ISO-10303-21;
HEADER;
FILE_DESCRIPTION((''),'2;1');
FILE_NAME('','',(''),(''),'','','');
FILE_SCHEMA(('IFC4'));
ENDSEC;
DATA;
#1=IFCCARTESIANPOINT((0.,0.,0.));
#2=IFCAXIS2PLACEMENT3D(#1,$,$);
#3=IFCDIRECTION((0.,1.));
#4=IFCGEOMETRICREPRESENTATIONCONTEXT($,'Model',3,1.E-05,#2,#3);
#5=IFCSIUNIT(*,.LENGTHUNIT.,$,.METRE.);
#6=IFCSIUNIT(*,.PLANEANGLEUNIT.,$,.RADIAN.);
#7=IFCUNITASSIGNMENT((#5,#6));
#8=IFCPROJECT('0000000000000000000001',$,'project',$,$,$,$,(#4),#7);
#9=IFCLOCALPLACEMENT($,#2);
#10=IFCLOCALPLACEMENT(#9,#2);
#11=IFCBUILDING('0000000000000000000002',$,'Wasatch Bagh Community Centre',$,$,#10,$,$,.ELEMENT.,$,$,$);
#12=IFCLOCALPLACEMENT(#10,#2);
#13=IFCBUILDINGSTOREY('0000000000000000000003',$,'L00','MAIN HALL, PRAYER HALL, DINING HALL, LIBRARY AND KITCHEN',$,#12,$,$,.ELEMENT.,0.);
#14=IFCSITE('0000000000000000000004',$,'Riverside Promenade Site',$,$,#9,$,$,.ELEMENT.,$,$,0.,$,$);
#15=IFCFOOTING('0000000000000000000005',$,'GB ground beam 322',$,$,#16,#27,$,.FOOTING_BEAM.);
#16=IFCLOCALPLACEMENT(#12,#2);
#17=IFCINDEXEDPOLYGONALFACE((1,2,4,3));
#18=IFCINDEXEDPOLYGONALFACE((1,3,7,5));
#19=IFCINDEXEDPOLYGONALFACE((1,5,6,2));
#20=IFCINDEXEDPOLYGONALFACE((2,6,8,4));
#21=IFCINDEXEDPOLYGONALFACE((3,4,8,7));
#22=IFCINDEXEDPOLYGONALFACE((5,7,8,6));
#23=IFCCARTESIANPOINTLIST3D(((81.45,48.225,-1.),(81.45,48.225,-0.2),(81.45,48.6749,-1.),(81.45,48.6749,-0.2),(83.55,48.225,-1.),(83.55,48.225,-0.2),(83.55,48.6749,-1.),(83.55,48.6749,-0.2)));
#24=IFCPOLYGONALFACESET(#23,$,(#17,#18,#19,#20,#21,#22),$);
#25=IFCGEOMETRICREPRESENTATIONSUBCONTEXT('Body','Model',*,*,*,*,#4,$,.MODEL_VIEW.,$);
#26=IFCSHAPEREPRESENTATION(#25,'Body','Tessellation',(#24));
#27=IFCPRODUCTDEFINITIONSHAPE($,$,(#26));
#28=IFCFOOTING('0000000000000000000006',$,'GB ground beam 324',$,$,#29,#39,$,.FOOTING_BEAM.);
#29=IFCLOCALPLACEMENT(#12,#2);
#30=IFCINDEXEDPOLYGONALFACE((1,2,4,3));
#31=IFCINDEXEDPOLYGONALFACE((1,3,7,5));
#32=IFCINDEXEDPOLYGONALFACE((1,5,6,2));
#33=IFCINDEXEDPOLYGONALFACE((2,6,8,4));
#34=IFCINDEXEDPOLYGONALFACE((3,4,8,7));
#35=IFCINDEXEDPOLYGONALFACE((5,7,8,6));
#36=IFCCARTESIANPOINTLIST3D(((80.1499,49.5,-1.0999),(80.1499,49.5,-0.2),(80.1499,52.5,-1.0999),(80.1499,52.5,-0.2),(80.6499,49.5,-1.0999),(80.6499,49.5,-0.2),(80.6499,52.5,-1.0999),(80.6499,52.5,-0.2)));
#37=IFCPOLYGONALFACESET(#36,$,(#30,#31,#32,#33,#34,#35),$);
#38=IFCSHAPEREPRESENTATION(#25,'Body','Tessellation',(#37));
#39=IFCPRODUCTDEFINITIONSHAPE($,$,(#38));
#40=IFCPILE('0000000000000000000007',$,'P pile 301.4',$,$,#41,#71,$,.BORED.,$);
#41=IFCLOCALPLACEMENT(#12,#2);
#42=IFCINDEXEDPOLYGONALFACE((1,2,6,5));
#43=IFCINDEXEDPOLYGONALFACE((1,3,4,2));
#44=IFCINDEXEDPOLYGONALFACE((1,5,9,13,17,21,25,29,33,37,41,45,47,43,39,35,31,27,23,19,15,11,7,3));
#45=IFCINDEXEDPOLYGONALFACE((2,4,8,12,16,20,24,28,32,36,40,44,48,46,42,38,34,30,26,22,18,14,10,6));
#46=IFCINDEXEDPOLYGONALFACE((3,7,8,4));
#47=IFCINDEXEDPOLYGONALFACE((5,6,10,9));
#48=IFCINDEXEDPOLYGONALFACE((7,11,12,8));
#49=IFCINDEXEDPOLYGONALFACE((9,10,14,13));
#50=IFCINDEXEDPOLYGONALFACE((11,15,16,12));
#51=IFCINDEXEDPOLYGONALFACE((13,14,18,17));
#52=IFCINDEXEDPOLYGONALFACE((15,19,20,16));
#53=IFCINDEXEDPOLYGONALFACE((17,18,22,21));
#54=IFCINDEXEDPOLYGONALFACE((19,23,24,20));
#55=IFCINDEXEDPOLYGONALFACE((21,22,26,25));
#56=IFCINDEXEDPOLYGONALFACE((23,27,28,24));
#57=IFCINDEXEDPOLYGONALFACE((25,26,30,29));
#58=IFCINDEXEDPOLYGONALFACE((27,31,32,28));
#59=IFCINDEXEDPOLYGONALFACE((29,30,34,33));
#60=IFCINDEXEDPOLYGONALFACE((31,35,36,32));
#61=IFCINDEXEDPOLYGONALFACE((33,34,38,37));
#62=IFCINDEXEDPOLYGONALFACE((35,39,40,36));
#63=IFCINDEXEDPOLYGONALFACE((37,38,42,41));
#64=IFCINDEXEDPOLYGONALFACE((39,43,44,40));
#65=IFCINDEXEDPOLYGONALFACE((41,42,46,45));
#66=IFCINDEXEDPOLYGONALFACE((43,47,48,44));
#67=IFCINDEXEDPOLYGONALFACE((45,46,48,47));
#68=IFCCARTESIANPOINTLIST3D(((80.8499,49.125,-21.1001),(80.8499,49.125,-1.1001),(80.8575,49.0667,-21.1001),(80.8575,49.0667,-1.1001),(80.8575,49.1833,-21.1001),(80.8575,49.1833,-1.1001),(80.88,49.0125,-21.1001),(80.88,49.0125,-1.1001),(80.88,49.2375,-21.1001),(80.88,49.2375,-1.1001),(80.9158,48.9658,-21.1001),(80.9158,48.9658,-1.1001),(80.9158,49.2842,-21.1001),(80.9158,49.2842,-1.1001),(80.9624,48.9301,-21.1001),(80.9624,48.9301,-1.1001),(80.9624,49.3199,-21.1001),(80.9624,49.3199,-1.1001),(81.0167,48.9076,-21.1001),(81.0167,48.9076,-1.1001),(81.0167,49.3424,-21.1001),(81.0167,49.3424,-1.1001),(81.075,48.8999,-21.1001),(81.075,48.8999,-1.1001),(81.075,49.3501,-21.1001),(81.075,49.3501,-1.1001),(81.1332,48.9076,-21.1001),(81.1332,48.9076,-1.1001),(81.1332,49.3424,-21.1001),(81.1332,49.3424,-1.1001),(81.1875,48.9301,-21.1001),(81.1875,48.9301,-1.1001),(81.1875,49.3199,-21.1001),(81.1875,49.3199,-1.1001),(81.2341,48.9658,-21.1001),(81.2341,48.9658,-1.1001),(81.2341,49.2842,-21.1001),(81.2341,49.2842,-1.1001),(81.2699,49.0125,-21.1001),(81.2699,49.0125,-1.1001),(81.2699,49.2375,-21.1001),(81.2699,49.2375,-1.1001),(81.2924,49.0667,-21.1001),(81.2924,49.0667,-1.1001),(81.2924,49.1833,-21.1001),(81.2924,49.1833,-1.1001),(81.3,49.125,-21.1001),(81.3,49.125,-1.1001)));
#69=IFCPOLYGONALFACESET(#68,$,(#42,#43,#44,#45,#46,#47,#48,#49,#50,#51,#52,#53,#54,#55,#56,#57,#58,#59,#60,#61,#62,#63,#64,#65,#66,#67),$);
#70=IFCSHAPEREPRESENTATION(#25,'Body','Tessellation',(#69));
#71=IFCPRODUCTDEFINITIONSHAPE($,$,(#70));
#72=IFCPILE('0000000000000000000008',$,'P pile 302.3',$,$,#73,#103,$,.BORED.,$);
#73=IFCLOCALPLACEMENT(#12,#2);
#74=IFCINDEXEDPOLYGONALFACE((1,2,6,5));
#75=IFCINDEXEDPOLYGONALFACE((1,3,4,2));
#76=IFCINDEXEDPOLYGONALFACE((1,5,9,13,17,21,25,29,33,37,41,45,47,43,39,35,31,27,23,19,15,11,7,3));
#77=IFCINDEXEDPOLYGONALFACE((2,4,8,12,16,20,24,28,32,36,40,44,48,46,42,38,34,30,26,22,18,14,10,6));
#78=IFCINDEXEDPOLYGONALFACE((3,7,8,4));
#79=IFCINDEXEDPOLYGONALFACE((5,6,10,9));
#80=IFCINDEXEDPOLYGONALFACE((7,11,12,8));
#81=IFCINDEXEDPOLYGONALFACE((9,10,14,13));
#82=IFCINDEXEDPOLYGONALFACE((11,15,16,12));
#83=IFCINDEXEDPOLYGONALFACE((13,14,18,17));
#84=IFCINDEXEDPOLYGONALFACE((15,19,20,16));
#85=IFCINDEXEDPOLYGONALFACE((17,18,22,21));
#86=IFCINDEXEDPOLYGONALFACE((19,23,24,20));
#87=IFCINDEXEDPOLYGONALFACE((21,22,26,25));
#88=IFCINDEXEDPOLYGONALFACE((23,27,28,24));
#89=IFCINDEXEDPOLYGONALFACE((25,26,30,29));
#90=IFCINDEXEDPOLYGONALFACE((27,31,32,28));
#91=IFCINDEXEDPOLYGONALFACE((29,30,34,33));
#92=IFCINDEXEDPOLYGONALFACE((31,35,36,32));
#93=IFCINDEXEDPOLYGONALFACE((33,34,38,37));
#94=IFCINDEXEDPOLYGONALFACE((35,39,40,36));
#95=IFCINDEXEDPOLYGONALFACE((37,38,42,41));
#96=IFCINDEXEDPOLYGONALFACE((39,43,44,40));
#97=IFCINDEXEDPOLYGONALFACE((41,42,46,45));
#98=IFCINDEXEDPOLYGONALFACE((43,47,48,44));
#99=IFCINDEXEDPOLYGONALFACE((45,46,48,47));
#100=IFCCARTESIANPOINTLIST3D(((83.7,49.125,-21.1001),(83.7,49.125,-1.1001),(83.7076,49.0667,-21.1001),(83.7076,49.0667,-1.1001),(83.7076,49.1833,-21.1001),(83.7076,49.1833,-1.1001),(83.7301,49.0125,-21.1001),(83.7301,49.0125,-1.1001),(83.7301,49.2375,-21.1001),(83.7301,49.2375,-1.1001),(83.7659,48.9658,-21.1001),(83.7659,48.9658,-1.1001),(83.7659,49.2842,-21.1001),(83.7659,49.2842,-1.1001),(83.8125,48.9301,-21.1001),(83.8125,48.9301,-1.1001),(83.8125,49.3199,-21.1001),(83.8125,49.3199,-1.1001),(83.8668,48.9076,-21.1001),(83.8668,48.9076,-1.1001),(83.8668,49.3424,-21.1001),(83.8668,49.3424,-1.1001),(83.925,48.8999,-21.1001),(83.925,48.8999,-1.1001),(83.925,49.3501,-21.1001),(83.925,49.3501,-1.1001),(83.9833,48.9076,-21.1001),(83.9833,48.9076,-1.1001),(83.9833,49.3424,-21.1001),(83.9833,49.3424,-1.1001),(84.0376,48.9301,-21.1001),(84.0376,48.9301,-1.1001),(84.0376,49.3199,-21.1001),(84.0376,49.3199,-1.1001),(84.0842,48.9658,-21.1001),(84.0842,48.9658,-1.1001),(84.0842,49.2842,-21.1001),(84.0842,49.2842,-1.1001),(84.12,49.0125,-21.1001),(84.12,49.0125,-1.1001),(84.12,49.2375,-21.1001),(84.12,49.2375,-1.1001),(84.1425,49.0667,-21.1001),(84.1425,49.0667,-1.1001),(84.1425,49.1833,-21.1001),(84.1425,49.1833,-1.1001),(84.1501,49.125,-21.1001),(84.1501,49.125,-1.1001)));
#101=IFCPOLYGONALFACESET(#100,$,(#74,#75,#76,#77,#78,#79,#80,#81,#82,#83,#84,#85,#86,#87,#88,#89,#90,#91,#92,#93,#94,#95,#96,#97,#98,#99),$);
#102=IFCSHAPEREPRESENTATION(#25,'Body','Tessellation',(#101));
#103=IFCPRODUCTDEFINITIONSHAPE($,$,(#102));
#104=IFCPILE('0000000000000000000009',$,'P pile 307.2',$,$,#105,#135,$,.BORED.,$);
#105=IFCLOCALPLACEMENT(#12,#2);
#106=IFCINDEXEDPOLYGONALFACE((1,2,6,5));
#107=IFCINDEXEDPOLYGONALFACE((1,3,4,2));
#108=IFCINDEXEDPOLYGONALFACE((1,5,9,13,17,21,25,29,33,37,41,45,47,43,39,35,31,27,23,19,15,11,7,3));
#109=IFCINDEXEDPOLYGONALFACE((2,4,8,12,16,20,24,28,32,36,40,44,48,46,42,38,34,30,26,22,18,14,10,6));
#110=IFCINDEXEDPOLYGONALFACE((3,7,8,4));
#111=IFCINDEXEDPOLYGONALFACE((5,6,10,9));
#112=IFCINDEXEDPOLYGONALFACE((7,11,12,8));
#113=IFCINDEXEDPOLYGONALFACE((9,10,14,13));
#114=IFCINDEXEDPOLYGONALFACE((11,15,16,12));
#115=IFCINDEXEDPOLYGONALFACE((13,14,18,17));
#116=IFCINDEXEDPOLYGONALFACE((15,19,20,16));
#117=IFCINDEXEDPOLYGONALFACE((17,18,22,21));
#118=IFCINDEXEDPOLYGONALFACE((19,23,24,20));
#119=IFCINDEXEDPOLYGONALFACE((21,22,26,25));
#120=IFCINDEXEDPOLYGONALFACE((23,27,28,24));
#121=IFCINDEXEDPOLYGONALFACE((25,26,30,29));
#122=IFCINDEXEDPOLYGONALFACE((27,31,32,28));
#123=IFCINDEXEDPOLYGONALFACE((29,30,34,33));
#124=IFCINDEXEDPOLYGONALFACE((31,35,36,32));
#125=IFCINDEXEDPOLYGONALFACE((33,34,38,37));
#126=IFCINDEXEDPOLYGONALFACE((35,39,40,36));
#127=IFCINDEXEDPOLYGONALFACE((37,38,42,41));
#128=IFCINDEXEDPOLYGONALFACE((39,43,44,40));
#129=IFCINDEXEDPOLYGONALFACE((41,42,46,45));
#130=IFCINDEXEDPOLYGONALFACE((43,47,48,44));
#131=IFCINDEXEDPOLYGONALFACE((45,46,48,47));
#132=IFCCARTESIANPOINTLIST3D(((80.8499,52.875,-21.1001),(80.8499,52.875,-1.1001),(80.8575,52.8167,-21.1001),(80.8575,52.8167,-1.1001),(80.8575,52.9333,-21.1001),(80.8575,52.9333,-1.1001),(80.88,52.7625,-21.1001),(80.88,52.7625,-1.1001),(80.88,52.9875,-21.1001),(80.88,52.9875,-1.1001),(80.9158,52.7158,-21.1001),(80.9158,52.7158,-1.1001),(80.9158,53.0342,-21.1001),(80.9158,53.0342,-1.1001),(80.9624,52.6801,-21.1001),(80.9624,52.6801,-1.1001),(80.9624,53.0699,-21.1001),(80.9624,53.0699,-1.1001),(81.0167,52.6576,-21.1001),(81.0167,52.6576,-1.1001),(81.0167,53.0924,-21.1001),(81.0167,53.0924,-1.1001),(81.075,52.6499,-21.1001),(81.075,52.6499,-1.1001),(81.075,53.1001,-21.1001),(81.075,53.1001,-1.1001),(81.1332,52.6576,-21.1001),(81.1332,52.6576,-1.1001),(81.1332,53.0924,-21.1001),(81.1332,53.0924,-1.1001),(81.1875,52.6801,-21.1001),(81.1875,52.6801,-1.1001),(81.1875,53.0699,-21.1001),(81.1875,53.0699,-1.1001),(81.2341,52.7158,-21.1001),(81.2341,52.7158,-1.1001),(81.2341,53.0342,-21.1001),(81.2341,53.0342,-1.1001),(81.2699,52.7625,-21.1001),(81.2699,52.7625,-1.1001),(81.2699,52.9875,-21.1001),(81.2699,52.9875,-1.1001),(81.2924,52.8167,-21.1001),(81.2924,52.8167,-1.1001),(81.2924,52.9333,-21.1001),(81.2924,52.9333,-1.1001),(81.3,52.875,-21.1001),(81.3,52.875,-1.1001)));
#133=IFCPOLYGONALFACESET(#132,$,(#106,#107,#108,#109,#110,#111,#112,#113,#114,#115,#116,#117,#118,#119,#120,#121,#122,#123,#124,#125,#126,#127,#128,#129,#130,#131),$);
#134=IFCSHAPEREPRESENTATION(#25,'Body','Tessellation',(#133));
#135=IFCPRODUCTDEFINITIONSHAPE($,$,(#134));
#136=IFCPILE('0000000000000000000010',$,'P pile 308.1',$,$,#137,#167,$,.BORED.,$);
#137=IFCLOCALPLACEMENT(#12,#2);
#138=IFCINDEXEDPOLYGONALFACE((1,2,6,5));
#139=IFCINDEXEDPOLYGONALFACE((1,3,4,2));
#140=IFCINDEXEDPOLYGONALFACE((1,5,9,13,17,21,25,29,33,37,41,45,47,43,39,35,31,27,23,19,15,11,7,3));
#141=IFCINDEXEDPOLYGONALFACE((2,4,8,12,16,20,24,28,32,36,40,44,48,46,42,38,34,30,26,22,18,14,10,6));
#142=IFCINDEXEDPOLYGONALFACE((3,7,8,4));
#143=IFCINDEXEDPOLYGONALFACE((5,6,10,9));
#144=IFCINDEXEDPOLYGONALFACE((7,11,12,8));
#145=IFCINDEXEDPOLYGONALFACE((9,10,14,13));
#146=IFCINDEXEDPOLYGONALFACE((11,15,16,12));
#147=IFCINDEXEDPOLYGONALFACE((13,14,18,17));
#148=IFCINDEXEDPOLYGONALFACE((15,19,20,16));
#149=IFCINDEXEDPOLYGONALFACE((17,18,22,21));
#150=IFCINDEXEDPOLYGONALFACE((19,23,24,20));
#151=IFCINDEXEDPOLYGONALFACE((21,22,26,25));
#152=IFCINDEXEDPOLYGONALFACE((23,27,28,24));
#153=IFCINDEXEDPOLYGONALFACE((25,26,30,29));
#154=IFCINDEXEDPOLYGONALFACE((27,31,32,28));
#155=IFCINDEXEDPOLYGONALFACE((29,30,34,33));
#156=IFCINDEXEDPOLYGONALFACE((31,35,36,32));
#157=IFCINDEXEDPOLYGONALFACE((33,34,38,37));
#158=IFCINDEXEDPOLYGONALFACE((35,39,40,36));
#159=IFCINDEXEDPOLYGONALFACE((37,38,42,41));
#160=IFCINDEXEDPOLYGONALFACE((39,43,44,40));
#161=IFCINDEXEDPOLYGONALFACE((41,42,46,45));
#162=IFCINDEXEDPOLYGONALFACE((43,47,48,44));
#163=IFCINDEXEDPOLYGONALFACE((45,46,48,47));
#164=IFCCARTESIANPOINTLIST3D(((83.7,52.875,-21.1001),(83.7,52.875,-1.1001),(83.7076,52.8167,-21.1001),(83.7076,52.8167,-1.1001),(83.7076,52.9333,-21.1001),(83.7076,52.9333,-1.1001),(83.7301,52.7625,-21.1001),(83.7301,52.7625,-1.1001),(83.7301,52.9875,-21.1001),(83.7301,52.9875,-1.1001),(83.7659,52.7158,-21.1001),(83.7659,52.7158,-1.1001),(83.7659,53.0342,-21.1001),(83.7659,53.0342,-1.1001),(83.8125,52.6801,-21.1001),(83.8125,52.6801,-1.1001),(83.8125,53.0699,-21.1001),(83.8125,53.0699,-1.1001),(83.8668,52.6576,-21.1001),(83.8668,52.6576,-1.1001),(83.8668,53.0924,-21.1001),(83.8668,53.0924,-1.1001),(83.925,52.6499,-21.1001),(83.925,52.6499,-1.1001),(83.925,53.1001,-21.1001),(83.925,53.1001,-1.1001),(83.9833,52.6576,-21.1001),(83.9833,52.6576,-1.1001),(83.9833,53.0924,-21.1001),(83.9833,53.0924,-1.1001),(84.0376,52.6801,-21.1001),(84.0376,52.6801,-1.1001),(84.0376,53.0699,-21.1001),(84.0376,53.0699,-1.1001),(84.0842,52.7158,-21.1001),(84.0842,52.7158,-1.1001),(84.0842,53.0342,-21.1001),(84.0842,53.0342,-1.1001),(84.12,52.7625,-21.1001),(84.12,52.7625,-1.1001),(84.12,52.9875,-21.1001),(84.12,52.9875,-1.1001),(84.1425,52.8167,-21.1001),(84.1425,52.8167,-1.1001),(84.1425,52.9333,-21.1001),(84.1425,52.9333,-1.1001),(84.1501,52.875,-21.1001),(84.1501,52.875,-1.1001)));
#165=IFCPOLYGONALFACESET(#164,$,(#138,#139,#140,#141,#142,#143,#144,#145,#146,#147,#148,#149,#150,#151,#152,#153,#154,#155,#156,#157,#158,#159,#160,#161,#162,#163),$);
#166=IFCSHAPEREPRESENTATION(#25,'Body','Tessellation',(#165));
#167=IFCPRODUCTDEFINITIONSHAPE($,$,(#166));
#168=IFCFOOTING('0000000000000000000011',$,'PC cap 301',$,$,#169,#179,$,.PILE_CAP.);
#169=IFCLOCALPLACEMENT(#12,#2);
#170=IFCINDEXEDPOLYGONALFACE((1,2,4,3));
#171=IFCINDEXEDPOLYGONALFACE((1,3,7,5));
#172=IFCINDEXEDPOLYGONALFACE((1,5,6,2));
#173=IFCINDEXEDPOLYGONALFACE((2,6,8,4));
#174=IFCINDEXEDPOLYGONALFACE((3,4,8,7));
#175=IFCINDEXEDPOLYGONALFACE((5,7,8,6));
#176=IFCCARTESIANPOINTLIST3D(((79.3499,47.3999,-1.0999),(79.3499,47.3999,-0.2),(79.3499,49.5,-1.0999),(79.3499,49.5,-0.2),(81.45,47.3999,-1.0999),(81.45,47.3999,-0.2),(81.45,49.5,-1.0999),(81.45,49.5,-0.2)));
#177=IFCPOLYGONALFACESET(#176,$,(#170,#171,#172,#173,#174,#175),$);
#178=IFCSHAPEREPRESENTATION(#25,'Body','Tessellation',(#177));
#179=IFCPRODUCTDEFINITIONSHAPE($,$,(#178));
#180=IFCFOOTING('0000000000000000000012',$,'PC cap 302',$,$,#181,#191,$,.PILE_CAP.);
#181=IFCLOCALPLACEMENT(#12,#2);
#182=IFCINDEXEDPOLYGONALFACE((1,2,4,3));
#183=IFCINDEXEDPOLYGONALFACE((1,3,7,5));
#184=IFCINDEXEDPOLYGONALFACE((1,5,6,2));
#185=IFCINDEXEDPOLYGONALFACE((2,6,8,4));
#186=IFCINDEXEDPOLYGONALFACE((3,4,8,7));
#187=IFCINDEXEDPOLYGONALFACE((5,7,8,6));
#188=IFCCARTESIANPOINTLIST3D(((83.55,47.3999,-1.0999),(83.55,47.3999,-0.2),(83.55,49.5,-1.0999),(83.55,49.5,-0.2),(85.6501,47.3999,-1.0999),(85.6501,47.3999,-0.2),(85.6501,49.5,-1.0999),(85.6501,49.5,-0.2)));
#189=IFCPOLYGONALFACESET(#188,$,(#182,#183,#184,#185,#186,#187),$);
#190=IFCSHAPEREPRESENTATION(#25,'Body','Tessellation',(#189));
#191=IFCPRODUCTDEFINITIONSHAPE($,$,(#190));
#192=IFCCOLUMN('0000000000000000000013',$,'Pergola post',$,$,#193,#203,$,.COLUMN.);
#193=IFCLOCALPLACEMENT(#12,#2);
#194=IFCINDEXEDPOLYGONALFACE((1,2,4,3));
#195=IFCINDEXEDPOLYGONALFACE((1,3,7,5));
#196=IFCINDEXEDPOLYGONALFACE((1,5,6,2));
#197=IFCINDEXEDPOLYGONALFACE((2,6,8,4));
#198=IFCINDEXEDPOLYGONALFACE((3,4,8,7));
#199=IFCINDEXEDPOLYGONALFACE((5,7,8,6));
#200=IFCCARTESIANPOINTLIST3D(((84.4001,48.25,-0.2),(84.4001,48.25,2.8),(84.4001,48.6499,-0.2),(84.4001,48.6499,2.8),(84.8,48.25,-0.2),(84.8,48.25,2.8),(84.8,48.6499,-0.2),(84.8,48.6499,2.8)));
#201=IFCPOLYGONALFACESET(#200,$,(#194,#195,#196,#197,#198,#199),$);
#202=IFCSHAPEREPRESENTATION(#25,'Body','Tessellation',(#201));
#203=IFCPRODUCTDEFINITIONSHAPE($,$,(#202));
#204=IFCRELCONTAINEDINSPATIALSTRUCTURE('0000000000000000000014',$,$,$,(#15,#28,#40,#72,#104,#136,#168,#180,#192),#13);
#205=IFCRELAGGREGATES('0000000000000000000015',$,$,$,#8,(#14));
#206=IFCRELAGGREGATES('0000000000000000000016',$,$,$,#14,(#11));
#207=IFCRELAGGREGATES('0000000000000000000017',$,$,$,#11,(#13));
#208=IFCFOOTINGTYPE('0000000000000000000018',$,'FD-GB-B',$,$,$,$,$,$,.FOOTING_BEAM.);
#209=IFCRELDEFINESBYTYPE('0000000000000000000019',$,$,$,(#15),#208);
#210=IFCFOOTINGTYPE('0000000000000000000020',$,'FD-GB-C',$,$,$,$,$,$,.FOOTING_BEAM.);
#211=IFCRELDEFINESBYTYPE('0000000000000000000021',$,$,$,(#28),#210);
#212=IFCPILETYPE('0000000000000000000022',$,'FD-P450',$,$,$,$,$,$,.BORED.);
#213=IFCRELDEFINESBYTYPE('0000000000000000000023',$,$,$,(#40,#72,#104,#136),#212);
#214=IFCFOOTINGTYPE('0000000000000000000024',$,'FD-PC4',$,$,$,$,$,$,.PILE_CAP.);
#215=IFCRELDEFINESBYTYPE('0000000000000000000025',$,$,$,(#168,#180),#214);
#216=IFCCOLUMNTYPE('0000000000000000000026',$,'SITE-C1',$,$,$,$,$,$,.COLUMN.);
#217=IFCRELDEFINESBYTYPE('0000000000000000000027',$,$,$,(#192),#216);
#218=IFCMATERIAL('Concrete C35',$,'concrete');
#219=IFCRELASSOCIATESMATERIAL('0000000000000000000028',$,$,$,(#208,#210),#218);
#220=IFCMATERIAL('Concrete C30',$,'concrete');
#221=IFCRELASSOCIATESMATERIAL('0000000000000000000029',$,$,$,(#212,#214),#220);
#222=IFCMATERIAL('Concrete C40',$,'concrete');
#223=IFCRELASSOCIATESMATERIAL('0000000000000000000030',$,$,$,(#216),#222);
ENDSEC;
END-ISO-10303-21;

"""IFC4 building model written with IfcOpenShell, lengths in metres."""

from ifc_helpers import new_model, si_unit, direction, frame, origin, origin_2d, place, context, subcontext, project, spatial, rectangle, circle, extrude, material, material_profile, profile_set, type_object, element, save


model = new_model("IFC4")

# Units and contexts
model_context = context("Model", 3, precision=1e-05, world=origin(), true_north=direction((0.0, 1.0)))
body_context = subcontext(model_context, "Body", "Model", "MODEL_VIEW")
ifc_project = project(units=[si_unit("LENGTHUNIT", "METRE"), si_unit("PLANEANGLEUNIT", "RADIAN")], contexts=[model_context])

# Site, building, storey
site_placement = place(None, origin())
site = spatial("IfcSite", under=ifc_project, at=site_placement, Name="Riverside Promenade Site", CompositionType="ELEMENT", RefElevation=0.0)
building_placement = place(site_placement, origin())
building = spatial("IfcBuilding", under=site, at=building_placement, Name="Wasatch Bagh Community Centre", CompositionType="ELEMENT")
storey_placement = place(building_placement, origin())
storey = spatial("IfcBuildingStorey", under=building, at=storey_placement, Name="L00", Description="MAIN HALL, PRAYER HALL, DINING HALL, LIBRARY AND KITCHEN", CompositionType="ELEMENT", Elevation=0.0)

# Footings
ifc_material_1 = material(Name="Concrete C35", Category="concrete")
footing_type_1 = type_object("IfcFootingType", Name="FD-GB-B", PredefinedType="FOOTING_BEAM", material=ifc_material_1)
footing_1_placement = place(storey_placement, frame((82.5, 48.45, -1.0), z_axis=(0.0, 0.0, 1.0), x_axis=(-1.0, 0.0, 0.0)))
element("IfcFooting", 1, at=footing_1_placement, inside=storey, type_object=footing_type_1, Name="GB ground beam 322", PredefinedType="FOOTING_BEAM", context=body_context, shape_type="SweptSolid", body=[
    extrude(rectangle(XDim=2.1001, YDim=0.45, at=origin_2d()), origin(), (0.0, 0.0, 1.0), 0.8),
])
footing_type_2 = type_object("IfcFootingType", Name="FD-GB-C", PredefinedType="FOOTING_BEAM", material=ifc_material_1)
footing_2_placement = place(storey_placement, frame((80.3999, 51.0, -1.0999), z_axis=(0.0, 0.0, 1.0), x_axis=(0.0, 1.0, 0.0)))
element("IfcFooting", 2, at=footing_2_placement, inside=storey, type_object=footing_type_2, Name="GB ground beam 324", PredefinedType="FOOTING_BEAM", context=body_context, shape_type="SweptSolid", body=[
    extrude(rectangle(XDim=3.0, YDim=0.5, at=origin_2d()), origin(), (0.0, 0.0, 1.0), 0.8999),
])

# Piles
ifc_material_2 = material(Name="Concrete C30", Category="concrete")
ifc_material_profile_1 = material_profile(ifc_material_2, circle(Radius=0.2251, at=origin_2d()), Name="RC D450")
ifc_profile_set_1 = profile_set([ifc_material_profile_1], Name="Concrete C30")
pile_type = type_object("IfcPileType", Name="FD-P450", PredefinedType="BORED", material=ifc_profile_set_1)
for number, where, z_axis, x_axis, name in (
    (3, (81.075, 49.125, -1.1001), (0.0, 0.0, -1.0), (1.0, 0.0, 0.0), "P pile 301.4"),
    (4, (83.925, 49.125, -1.1001), (0.0, 0.0, -1.0), (1.0, 0.0, 0.0), "P pile 302.3"),
    (5, (81.075, 52.875, -1.1001), (0.0, 0.0, -1.0), (1.0, 0.0, 0.0), "P pile 307.2"),
    (6, (83.925, 52.875, -1.1001), (0.0, 0.0, -1.0), (1.0, 0.0, 0.0), "P pile 308.1"),
):
    element("IfcPile", number, at=place(storey_placement, frame(where, z_axis=z_axis, x_axis=x_axis)), inside=storey, type_object=pile_type, Name=name, PredefinedType="BORED", context=body_context, shape_type="SweptSolid", body=[
        extrude(circle(Radius=0.2251, at=origin_2d()), origin(), (0.0, 0.0, 1.0), 20.0),
    ])

# Footings
footing_type_3 = type_object("IfcFootingType", Name="FD-PC4", PredefinedType="PILE_CAP", material=ifc_material_2)
for number, where, z_axis, x_axis, name in (
    (7, (80.3999, 48.45, -1.0999), (0.0, 0.0, 1.0), (1.0, 0.0, 0.0), "PC cap 301"),
    (8, (84.6001, 48.45, -1.0999), (0.0, 0.0, 1.0), (1.0, 0.0, 0.0), "PC cap 302"),
):
    element("IfcFooting", number, at=place(storey_placement, frame(where, z_axis=z_axis, x_axis=x_axis)), inside=storey, type_object=footing_type_3, Name=name, PredefinedType="PILE_CAP", context=body_context, shape_type="SweptSolid", body=[
        extrude(rectangle(XDim=2.1001, YDim=2.1001, at=origin_2d()), origin(), (0.0, 0.0, 1.0), 0.8999),
    ])

# Column
ifc_material_3 = material(Name="Concrete C40", Category="concrete")
ifc_material_profile_2 = material_profile(ifc_material_3, rectangle(XDim=0.3999, YDim=0.3999, at=origin_2d()), Name="RC 400x400")
ifc_profile_set_2 = profile_set([ifc_material_profile_2], Name="Concrete C40")
column_type = type_object("IfcColumnType", Name="SITE-C1", PredefinedType="COLUMN", material=ifc_profile_set_2)
for number, where, z_axis, x_axis, name in (
    (9, (84.6001, 48.45, -0.2), (0.0, 0.0, 1.0), (1.0, 0.0, 0.0), "Pergola post"),
):
    element("IfcColumn", number, at=place(storey_placement, frame(where, z_axis=z_axis, x_axis=x_axis)), inside=storey, type_object=column_type, Name=name, PredefinedType="COLUMN", context=body_context, shape_type="SweptSolid", body=[
        extrude(rectangle(XDim=0.3999, YDim=0.3999, at=origin_2d()), origin(), (0.0, 0.0, 1.0), 3.0),
    ])

save(model, "model.ifc")
